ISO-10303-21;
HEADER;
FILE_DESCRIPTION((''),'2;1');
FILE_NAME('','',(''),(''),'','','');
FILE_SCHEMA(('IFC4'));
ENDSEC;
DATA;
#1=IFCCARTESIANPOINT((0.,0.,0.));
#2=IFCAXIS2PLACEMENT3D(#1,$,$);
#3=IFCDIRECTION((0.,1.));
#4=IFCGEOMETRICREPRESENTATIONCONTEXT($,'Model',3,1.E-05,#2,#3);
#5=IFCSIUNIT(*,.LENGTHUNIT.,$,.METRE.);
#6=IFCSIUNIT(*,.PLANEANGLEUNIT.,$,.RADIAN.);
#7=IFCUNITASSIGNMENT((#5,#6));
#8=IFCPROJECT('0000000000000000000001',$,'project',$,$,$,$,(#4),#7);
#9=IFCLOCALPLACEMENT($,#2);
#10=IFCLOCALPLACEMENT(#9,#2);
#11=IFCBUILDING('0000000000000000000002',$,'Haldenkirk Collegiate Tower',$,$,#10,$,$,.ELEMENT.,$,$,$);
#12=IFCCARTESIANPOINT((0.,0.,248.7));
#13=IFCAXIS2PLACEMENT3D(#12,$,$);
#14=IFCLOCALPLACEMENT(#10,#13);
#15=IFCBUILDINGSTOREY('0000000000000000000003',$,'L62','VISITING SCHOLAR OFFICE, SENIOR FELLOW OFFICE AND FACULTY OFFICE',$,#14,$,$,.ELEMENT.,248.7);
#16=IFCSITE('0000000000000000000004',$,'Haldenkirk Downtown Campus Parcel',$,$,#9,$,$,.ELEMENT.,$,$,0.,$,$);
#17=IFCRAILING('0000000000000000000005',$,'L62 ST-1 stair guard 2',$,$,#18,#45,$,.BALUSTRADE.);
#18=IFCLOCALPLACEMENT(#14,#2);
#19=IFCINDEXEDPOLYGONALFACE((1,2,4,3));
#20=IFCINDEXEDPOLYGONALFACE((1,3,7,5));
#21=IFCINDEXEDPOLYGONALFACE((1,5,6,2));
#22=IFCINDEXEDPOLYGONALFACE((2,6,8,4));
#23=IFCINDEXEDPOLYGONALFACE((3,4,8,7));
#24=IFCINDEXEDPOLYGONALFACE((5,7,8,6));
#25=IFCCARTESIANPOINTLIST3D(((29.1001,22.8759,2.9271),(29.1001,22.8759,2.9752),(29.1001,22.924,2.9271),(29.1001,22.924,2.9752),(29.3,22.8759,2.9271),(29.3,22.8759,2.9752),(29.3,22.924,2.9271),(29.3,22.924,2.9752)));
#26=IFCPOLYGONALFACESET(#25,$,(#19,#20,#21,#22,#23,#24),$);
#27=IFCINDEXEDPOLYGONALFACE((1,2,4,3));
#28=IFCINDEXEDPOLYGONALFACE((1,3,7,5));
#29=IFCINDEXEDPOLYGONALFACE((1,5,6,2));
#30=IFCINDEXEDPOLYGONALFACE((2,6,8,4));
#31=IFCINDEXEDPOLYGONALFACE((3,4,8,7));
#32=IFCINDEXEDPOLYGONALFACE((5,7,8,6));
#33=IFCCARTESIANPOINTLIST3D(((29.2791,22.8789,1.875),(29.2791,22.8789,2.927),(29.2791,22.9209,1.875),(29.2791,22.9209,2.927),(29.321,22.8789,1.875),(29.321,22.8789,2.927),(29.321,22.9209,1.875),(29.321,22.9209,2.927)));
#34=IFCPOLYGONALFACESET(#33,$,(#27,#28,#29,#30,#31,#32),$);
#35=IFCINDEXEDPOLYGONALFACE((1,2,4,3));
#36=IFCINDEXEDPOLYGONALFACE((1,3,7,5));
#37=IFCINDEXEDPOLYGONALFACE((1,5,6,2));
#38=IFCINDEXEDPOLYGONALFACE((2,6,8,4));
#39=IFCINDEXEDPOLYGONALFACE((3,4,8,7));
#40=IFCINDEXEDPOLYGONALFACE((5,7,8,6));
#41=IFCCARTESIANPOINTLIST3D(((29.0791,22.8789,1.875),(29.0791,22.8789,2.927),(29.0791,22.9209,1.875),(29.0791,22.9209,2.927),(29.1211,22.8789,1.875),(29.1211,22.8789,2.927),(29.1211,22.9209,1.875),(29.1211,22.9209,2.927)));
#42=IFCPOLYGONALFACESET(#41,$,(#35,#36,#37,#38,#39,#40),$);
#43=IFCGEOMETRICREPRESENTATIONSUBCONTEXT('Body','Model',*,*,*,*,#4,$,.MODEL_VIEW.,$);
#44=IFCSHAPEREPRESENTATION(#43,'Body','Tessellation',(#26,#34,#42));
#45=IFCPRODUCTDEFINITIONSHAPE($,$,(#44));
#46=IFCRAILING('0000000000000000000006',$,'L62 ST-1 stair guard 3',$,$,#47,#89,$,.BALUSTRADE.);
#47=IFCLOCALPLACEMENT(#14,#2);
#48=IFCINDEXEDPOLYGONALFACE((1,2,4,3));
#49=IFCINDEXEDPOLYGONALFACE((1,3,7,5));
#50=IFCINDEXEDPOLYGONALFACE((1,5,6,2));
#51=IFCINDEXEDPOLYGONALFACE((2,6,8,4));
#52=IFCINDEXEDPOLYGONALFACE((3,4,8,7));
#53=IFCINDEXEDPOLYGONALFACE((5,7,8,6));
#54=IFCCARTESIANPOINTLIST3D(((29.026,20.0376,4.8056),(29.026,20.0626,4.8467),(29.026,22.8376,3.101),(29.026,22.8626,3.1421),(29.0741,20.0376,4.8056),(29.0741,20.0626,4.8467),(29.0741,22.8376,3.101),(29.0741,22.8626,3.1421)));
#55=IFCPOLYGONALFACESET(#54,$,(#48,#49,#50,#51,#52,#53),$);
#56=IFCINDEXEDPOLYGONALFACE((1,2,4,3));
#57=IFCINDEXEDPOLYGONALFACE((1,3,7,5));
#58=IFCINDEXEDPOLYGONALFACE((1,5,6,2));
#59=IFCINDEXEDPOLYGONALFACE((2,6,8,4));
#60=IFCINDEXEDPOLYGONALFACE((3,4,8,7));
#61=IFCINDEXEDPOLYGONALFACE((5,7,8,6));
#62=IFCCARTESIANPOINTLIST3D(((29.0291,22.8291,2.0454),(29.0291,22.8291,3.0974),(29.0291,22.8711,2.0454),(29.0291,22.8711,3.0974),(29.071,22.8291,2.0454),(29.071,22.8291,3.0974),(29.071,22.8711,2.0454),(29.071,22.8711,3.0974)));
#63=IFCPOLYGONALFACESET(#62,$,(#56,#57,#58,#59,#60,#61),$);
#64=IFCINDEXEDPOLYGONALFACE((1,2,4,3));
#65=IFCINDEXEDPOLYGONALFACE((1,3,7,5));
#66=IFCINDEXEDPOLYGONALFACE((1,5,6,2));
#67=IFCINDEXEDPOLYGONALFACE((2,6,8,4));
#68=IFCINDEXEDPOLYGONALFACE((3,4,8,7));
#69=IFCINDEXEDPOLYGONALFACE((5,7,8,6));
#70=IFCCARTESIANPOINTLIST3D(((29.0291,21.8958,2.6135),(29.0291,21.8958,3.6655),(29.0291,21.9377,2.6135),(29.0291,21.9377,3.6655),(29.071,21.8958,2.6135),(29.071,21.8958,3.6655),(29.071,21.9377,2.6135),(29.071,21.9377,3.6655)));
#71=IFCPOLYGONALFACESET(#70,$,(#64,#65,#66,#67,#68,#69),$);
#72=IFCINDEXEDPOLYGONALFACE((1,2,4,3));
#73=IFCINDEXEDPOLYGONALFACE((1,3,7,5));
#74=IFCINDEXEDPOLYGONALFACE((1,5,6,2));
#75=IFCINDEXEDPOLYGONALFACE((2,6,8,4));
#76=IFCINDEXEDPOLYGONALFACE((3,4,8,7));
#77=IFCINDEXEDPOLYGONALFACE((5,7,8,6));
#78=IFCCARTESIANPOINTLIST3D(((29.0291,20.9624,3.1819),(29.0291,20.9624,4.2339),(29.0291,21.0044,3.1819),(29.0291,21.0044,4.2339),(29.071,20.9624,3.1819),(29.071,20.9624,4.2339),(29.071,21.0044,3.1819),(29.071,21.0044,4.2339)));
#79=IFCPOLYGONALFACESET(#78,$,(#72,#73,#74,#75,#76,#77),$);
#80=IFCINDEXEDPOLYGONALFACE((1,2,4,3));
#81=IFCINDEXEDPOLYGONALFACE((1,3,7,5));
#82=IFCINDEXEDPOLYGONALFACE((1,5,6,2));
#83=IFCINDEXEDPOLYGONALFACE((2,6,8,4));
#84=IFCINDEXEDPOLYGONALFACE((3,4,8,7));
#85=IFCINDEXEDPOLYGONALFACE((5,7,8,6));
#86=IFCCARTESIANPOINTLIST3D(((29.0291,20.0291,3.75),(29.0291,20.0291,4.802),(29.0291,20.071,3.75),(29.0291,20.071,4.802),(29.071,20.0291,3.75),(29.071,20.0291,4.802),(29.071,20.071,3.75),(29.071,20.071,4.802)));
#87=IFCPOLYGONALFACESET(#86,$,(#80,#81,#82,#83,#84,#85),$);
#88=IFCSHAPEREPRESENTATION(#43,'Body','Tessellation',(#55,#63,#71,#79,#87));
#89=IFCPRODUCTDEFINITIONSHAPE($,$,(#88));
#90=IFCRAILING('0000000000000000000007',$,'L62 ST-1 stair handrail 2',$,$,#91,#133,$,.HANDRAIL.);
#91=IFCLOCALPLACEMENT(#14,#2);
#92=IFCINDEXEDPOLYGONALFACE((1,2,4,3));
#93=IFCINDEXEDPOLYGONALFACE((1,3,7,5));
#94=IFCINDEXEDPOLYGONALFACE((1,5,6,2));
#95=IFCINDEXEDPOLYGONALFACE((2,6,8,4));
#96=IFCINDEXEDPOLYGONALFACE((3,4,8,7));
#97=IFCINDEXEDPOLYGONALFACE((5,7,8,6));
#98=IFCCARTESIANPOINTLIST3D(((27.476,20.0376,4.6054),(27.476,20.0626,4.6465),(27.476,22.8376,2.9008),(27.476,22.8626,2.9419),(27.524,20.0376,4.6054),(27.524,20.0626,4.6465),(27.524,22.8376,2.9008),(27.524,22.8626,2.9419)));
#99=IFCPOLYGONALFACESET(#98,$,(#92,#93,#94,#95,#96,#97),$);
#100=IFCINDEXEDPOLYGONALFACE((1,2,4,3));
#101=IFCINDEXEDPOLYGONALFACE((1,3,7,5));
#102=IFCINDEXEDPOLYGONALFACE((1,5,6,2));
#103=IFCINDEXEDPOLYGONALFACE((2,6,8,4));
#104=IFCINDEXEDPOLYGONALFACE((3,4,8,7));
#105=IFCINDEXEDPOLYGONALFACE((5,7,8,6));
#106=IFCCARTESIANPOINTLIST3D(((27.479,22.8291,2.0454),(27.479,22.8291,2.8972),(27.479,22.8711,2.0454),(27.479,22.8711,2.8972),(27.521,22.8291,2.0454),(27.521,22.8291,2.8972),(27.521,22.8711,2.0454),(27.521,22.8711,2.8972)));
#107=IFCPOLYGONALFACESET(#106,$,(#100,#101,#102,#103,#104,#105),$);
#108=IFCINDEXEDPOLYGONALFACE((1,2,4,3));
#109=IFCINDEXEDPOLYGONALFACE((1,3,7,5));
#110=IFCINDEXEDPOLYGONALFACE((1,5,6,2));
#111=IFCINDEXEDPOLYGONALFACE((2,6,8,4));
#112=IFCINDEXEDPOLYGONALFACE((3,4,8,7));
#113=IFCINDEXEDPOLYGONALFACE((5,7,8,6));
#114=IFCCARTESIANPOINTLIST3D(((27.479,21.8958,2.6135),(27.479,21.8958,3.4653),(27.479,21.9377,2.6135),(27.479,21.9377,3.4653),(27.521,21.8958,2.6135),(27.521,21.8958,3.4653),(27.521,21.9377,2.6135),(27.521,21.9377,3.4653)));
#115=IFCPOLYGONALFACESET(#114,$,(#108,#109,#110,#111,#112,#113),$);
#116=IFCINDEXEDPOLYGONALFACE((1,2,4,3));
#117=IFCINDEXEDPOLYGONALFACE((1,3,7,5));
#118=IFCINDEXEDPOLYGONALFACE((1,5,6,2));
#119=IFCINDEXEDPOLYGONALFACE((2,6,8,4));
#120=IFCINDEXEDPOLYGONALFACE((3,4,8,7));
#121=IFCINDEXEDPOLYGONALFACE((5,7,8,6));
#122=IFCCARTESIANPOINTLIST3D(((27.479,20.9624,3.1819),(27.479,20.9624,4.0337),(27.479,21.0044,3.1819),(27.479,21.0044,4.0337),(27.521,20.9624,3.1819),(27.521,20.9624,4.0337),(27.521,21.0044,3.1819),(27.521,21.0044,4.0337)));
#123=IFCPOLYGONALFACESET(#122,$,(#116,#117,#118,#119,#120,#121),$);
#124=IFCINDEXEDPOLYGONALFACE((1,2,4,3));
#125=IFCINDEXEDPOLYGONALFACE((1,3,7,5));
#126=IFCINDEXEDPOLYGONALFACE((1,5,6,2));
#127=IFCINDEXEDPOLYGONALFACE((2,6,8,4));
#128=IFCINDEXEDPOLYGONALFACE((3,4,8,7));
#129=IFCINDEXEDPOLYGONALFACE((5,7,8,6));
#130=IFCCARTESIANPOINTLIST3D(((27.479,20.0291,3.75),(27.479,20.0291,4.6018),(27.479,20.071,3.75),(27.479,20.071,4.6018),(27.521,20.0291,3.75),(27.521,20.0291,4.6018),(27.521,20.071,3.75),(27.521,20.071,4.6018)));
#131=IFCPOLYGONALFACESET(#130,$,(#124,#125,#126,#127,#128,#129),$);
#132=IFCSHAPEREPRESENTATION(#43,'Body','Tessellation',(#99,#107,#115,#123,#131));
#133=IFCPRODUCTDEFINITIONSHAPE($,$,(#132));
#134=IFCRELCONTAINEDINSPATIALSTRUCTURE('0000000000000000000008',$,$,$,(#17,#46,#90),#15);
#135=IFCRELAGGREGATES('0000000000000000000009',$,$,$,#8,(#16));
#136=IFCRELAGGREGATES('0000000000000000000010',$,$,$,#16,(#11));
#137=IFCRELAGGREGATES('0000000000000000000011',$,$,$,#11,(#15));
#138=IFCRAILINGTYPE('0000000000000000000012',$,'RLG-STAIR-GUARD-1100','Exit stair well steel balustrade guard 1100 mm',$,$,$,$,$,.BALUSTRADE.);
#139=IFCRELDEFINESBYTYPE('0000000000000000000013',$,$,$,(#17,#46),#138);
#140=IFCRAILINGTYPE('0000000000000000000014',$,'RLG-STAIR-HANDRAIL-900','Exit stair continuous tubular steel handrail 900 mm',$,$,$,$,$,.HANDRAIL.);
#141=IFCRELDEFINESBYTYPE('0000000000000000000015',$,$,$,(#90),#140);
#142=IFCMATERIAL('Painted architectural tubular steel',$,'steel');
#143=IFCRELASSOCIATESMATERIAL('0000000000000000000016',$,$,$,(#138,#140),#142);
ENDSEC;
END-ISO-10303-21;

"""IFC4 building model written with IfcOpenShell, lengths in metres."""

from ifc_helpers import new_model, si_unit, direction, frame, origin, origin_2d, place, context, subcontext, project, spatial, rectangle, extrude, material, type_object, element, save


model = new_model("IFC4")

# Units and contexts
model_context = context("Model", 3, precision=1e-05, world=origin(), true_north=direction((0.0, 1.0)))
body_context = subcontext(model_context, "Body", "Model", "MODEL_VIEW")
ifc_project = project(units=[si_unit("LENGTHUNIT", "METRE"), si_unit("PLANEANGLEUNIT", "RADIAN")], contexts=[model_context])

# Site, building, storey
site_placement = place(None, origin())
site = spatial("IfcSite", under=ifc_project, at=site_placement, Name="Haldenkirk Downtown Campus Parcel", CompositionType="ELEMENT", RefElevation=0.0)
building_placement = place(site_placement, origin())
building = spatial("IfcBuilding", under=site, at=building_placement, Name="Haldenkirk Collegiate Tower", CompositionType="ELEMENT")
storey_placement = place(building_placement, frame((0.0, 0.0, 248.7)))
storey = spatial("IfcBuildingStorey", under=building, at=storey_placement, Name="L62", Description="VISITING SCHOLAR OFFICE, SENIOR FELLOW OFFICE AND FACULTY OFFICE", CompositionType="ELEMENT", Elevation=248.7)

# Railings
ifc_material_1 = material(Name="Painted architectural tubular steel", Category="steel")
railing_type_1 = type_object("IfcRailingType", Name="RLG-STAIR-GUARD-1100", Description="Exit stair well steel balustrade guard 1100 mm", PredefinedType="BALUSTRADE", material=ifc_material_1)
railing_1_placement = place(storey_placement, frame((29.3, 22.8999, 1.875)))
element("IfcRailing", 1, at=railing_1_placement, inside=storey, type_object=railing_type_1, Name="L62 ST-1 stair guard 2", PredefinedType="BALUSTRADE", context=body_context, shape_type="SweptSolid", body=[
    extrude(rectangle(XDim=0.0481, YDim=0.0481, at=origin_2d()), frame((0.0, 0.0, 1.0762), z_axis=(-1.0, 0.0, 0.0), x_axis=(0.0, -1.0, 0.0)), (0.0, 0.0, 1.0), 0.2),
    extrude(rectangle(XDim=0.042, YDim=0.042, at=origin_2d()), origin(), (0.0, 0.0, 1.0), 1.052),
    extrude(rectangle(XDim=0.042, YDim=0.042, at=origin_2d()), frame((-0.2, 0.0, 0.0)), (0.0, 0.0, 1.0), 1.052),
])
railing_2_placement = place(storey_placement, frame((29.05, 22.8501, 2.0454)))
element("IfcRailing", 2, at=railing_2_placement, inside=storey, type_object=railing_type_1, Name="L62 ST-1 stair guard 3", PredefinedType="BALUSTRADE", context=body_context, shape_type="SweptSolid", body=[
    extrude(rectangle(XDim=0.0481, YDim=0.0481, at=origin_2d()), frame((0.0, 0.0, 1.0762), z_axis=(0.0, -0.85417, 0.519994), x_axis=(1.0, 0.0, 0.0)), (0.0, 0.0, 1.0), 3.2781),
    extrude(rectangle(XDim=0.042, YDim=0.042, at=origin_2d()), origin(), (0.0, 0.0, 1.0), 1.052),
    extrude(rectangle(XDim=0.042, YDim=0.042, at=origin_2d()), frame((0.0, -0.9333, 0.5681)), (0.0, 0.0, 1.0), 1.052),
    extrude(rectangle(XDim=0.042, YDim=0.042, at=origin_2d()), frame((0.0, -1.8667, 1.1365)), (0.0, 0.0, 1.0), 1.052),
    extrude(rectangle(XDim=0.042, YDim=0.042, at=origin_2d()), frame((0.0, -2.8, 1.7046)), (0.0, 0.0, 1.0), 1.052),
])
railing_type_2 = type_object("IfcRailingType", Name="RLG-STAIR-HANDRAIL-900", Description="Exit stair continuous tubular steel handrail 900 mm", PredefinedType="HANDRAIL", material=ifc_material_1)
railing_3_placement = place(storey_placement, frame((27.5, 22.8501, 2.0454)))
element("IfcRailing", 3, at=railing_3_placement, inside=storey, type_object=railing_type_2, Name="L62 ST-1 stair handrail 2", PredefinedType="HANDRAIL", context=body_context, shape_type="SweptSolid", body=[
    extrude(rectangle(XDim=0.0481, YDim=0.0481, at=origin_2d()), frame((0.0, 0.0, 0.876), z_axis=(0.0, -0.85417, 0.519994), x_axis=(1.0, 0.0, 0.0)), (0.0, 0.0, 1.0), 3.2781),
    extrude(rectangle(XDim=0.042, YDim=0.042, at=origin_2d()), origin(), (0.0, 0.0, 1.0), 0.8518),
    extrude(rectangle(XDim=0.042, YDim=0.042, at=origin_2d()), frame((0.0, -0.9333, 0.5681)), (0.0, 0.0, 1.0), 0.8518),
    extrude(rectangle(XDim=0.042, YDim=0.042, at=origin_2d()), frame((0.0, -1.8667, 1.1365)), (0.0, 0.0, 1.0), 0.8518),
    extrude(rectangle(XDim=0.042, YDim=0.042, at=origin_2d()), frame((0.0, -2.8, 1.7046)), (0.0, 0.0, 1.0), 0.8518),
])

save(model, "model.ifc")
